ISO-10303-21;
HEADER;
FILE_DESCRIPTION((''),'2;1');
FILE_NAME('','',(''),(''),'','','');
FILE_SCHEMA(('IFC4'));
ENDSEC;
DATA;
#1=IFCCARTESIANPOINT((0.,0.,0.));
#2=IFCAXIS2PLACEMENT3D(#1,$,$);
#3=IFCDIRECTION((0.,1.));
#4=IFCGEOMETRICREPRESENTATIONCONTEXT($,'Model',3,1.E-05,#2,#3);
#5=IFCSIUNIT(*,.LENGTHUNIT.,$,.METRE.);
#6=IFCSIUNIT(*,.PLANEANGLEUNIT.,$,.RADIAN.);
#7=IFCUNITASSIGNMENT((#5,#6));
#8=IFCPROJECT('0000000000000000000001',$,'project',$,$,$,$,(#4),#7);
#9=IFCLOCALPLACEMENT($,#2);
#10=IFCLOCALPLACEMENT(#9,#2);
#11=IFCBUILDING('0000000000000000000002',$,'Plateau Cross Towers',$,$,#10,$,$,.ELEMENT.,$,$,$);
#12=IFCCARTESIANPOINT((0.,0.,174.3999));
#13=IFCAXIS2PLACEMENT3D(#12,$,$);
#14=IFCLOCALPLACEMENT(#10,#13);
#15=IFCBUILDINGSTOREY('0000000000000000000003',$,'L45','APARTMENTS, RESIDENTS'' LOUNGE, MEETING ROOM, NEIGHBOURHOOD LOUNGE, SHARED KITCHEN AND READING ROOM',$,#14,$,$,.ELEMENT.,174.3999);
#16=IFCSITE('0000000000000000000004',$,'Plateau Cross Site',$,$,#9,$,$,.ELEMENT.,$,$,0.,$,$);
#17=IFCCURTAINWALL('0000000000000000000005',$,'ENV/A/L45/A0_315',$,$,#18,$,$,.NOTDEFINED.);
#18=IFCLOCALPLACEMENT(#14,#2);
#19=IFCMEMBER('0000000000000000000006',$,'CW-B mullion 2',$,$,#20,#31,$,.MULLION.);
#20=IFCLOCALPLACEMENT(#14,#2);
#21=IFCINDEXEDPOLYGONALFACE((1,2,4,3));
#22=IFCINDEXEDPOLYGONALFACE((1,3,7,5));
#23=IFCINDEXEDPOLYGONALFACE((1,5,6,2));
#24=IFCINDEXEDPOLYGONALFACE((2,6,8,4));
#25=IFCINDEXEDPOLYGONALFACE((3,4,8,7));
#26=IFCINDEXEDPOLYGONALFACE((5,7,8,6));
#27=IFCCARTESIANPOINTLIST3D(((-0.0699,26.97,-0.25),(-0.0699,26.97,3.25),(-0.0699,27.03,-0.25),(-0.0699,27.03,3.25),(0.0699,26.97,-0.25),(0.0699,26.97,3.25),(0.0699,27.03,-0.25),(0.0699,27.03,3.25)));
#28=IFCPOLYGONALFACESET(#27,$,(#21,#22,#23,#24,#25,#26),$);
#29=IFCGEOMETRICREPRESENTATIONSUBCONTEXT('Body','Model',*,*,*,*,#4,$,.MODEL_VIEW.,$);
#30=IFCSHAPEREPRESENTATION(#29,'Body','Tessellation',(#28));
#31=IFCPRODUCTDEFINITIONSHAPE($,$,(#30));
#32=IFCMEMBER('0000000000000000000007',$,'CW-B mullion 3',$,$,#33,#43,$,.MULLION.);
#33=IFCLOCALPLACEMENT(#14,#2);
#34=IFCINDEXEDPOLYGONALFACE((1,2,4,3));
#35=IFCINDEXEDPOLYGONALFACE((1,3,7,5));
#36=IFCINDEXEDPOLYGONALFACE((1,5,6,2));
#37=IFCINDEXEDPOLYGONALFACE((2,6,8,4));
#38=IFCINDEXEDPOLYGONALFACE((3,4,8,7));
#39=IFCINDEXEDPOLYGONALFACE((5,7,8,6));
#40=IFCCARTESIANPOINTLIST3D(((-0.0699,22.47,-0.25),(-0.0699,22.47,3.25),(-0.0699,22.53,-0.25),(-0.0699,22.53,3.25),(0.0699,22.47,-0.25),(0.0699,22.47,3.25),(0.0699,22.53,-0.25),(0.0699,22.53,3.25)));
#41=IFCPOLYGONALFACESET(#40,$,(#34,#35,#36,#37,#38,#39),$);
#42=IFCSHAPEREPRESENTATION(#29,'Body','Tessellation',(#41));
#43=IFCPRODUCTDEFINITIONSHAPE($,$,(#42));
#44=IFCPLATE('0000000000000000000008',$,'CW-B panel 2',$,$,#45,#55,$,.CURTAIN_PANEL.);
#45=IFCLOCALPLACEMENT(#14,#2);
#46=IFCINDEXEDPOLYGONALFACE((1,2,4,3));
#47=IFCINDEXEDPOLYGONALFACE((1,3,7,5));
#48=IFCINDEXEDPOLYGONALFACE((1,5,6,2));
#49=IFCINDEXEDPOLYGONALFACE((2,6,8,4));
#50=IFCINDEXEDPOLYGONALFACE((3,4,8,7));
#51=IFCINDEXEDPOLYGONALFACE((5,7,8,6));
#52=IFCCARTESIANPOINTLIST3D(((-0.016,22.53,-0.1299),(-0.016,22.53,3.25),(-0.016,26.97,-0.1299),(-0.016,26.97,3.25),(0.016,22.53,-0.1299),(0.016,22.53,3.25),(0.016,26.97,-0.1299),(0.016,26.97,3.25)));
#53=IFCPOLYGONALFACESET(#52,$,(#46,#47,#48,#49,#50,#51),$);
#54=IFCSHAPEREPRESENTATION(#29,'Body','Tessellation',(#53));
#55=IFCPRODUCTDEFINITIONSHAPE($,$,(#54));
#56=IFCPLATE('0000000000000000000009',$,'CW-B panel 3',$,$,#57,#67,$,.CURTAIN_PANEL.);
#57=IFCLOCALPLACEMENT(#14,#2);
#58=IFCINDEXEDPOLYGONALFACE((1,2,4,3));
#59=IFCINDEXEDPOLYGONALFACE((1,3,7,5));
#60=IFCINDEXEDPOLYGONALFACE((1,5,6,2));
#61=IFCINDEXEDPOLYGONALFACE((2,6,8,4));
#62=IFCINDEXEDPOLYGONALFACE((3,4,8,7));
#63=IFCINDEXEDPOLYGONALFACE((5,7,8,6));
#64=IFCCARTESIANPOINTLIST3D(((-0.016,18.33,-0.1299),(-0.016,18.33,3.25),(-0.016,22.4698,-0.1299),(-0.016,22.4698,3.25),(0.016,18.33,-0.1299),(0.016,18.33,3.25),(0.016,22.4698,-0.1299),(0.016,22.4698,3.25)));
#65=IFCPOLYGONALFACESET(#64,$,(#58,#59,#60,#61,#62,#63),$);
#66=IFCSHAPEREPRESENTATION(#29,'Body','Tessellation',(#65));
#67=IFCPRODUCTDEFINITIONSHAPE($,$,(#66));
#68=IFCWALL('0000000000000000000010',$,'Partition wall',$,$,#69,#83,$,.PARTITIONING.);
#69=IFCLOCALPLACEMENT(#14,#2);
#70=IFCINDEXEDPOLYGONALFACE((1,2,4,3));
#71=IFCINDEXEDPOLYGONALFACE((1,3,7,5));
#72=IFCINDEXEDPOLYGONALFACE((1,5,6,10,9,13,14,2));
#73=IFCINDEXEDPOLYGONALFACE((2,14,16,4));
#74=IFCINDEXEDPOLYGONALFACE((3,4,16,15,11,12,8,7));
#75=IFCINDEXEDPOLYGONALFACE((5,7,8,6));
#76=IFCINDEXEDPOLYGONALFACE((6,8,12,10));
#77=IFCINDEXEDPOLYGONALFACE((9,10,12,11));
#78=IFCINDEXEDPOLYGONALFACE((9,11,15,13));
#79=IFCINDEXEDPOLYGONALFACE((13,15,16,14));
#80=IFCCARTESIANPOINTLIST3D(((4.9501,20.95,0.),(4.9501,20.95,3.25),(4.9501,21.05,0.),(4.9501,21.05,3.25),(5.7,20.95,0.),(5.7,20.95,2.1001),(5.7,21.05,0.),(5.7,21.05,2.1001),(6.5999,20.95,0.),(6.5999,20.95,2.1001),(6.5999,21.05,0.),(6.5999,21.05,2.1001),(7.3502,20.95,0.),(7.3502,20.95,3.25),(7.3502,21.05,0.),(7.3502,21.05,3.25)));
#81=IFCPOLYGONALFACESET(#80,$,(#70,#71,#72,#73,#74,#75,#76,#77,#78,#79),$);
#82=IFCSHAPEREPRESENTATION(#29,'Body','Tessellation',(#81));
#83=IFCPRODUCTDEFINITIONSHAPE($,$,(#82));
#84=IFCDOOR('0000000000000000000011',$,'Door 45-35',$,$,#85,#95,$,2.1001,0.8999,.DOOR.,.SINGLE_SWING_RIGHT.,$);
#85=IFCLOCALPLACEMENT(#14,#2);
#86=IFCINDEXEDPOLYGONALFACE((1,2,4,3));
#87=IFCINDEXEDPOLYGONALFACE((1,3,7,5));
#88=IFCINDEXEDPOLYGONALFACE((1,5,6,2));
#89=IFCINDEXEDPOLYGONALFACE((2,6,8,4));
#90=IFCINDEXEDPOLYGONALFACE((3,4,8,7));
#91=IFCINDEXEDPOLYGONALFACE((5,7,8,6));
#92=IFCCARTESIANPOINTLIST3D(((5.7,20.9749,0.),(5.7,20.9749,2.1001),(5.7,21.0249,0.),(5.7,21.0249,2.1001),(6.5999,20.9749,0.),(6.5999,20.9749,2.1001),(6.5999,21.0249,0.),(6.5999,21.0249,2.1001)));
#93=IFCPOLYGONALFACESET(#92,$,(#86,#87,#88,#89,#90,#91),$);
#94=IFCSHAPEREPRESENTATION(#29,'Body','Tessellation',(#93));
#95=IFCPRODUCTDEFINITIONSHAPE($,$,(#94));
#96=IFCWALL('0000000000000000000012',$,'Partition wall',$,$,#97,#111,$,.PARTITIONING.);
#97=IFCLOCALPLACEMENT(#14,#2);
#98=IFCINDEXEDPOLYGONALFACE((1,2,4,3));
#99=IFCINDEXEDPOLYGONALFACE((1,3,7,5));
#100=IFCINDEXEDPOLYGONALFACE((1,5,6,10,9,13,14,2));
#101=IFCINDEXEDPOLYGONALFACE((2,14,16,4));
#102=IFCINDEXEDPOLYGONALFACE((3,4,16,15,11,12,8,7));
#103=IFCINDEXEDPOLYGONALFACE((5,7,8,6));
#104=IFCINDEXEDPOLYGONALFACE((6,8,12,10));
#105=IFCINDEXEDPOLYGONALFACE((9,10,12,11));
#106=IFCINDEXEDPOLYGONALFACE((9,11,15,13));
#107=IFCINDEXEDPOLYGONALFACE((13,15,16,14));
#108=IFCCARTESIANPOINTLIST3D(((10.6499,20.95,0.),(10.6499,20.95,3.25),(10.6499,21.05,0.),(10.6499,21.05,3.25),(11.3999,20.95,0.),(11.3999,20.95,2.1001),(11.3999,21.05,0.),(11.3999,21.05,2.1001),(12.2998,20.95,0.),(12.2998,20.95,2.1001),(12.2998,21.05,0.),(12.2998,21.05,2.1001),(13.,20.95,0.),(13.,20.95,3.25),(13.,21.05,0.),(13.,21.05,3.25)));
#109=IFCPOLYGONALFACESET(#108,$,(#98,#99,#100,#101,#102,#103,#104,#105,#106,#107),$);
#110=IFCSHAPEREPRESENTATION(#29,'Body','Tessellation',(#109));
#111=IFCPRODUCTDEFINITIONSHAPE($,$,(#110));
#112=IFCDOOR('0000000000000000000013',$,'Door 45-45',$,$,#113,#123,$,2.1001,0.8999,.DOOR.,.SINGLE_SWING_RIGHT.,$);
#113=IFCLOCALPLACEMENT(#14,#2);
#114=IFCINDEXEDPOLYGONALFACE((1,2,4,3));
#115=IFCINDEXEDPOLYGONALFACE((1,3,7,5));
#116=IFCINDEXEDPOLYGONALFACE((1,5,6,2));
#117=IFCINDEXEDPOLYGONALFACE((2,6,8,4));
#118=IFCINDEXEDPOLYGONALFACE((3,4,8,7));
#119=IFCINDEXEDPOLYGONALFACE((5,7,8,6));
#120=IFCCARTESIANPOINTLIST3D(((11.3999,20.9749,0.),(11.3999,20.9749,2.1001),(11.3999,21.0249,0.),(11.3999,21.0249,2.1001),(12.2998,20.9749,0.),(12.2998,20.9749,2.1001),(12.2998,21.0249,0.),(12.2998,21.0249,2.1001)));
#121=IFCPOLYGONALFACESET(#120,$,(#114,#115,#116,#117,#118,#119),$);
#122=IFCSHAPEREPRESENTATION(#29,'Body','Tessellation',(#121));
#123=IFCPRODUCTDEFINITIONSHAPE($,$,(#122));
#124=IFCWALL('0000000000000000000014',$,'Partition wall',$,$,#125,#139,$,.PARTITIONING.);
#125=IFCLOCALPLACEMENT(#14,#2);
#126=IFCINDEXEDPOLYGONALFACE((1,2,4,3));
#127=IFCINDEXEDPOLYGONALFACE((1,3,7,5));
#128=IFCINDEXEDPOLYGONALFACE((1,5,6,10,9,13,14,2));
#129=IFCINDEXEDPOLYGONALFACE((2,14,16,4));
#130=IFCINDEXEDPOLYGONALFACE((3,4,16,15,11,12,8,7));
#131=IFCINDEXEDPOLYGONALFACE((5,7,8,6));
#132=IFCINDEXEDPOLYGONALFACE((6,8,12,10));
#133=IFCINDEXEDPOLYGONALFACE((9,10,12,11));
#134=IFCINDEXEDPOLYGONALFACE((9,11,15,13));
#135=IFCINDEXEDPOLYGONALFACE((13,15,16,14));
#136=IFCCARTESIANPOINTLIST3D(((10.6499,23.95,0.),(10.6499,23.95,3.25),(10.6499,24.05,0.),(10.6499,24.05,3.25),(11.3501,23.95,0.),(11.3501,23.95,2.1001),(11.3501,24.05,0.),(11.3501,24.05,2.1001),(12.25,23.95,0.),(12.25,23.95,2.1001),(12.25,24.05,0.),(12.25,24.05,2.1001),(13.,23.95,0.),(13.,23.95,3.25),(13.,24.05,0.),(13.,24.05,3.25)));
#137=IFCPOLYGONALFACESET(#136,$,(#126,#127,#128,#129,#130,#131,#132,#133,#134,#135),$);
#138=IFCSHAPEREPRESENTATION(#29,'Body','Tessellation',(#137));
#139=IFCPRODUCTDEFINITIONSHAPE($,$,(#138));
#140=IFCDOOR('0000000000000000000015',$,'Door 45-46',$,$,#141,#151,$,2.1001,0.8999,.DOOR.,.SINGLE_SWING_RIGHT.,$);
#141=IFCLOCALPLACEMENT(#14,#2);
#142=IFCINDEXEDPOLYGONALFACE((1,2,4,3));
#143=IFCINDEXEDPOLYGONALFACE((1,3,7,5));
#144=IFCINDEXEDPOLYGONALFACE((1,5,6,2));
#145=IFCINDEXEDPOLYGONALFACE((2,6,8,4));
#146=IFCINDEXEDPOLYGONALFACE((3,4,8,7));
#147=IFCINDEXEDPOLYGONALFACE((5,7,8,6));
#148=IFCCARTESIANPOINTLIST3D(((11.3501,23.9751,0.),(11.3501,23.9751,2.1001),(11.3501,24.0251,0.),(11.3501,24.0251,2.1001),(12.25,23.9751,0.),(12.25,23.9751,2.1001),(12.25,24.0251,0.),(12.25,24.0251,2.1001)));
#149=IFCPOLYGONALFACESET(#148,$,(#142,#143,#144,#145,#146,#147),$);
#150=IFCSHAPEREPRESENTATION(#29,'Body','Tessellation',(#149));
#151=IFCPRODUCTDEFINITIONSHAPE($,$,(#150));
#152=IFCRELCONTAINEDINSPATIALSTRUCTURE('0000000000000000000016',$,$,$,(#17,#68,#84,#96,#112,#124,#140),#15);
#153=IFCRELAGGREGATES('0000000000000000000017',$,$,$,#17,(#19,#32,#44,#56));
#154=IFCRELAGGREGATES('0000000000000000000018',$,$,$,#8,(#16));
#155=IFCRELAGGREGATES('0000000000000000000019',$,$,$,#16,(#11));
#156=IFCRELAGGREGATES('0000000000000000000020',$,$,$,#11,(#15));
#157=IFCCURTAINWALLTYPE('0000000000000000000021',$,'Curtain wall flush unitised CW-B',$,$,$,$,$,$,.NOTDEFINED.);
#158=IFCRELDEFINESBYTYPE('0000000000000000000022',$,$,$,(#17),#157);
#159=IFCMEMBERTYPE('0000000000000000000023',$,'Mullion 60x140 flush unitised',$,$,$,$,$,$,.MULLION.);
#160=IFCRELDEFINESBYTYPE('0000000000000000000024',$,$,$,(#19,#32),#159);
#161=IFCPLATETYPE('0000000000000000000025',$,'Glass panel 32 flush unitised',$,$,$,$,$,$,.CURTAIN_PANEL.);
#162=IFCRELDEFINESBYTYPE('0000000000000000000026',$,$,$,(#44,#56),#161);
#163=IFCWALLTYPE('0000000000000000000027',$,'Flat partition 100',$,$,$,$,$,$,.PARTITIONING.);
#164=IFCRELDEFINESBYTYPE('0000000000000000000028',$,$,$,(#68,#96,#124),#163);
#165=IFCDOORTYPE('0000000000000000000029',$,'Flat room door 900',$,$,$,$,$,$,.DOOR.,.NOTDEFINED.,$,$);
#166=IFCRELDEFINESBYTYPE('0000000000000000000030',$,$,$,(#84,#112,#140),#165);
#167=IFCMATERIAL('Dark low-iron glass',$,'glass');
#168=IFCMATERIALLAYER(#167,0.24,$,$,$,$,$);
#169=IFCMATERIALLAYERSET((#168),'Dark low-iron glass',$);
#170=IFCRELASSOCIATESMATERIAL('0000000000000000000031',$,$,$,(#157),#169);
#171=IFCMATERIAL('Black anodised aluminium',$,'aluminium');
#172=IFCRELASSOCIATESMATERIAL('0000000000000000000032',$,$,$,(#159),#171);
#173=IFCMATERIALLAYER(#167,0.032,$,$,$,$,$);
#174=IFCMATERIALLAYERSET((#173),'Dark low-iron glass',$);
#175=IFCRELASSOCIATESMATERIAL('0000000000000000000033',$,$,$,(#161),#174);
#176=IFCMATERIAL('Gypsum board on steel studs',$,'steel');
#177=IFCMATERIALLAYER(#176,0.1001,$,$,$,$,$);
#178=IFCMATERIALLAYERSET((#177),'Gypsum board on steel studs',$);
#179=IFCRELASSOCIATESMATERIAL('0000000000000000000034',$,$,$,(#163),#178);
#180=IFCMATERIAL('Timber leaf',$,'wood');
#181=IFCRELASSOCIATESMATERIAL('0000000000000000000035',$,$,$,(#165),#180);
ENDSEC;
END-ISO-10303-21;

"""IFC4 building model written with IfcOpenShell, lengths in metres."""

from ifc_helpers import new_model, si_unit, direction, frame, frame_2d, origin, origin_2d, place, context, subcontext, project, spatial, rectangle, extrude, material, layer, layer_set, material_profile, profile_set, type_object, element, fill, aggregate, save


model = new_model("IFC4")

# Units and contexts
model_context = context("Model", 3, precision=1e-05, world=origin(), true_north=direction((0.0, 1.0)))
body_context = subcontext(model_context, "Body", "Model", "MODEL_VIEW")
ifc_project = project(units=[si_unit("LENGTHUNIT", "METRE"), si_unit("PLANEANGLEUNIT", "RADIAN")], contexts=[model_context])

# Site, building, storey
site_placement = place(None, origin())
site = spatial("IfcSite", under=ifc_project, at=site_placement, Name="Plateau Cross Site", CompositionType="ELEMENT", RefElevation=0.0)
building_placement = place(site_placement, origin())
building = spatial("IfcBuilding", under=site, at=building_placement, Name="Plateau Cross Towers", CompositionType="ELEMENT")
storey_placement = place(building_placement, frame((0.0, 0.0, 174.3999)))
storey = spatial("IfcBuildingStorey", under=building, at=storey_placement, Name="L45", Description="APARTMENTS, RESIDENTS' LOUNGE, MEETING ROOM, NEIGHBOURHOOD LOUNGE, SHARED KITCHEN AND READING ROOM", CompositionType="ELEMENT", Elevation=174.3999)

# Curtain wall, members, plates
ifc_material_1 = material(Name="Dark low-iron glass", Category="glass")
ifc_layer_1 = layer(ifc_material_1, 0.24)
ifc_layer_set_1 = layer_set([ifc_layer_1], Name="Dark low-iron glass")
curtain_wall_type = type_object("IfcCurtainWallType", Name="Curtain wall flush unitised CW-B", PredefinedType="NOTDEFINED", material=ifc_layer_set_1)
curtain_wall_placement = place(storey_placement, origin())
curtain_wall = element("IfcCurtainWall", 1, at=curtain_wall_placement, inside=storey, type_object=curtain_wall_type, Name="ENV/A/L45/A0_315", PredefinedType="NOTDEFINED")
ifc_material_2 = material(Name="Black anodised aluminium", Category="aluminium")
ifc_material_profile = material_profile(ifc_material_2, rectangle(XDim=0.0601, YDim=0.1399, at=origin_2d()), Name="MULLION 60x140")
ifc_profile_set = profile_set([ifc_material_profile], Name="Black anodised aluminium")
member_type = type_object("IfcMemberType", Name="Mullion 60x140 flush unitised", PredefinedType="MULLION", material=ifc_profile_set)
member_1_placement = place(storey_placement, frame((0.0, 27.0, -0.25), z_axis=(0.0, 0.0, 1.0), x_axis=(0.0, -1.0, 0.0)))
member_1 = element("IfcMember", 2, at=member_1_placement, type_object=member_type, Name="CW-B mullion 2", PredefinedType="MULLION", context=body_context, shape_type="SweptSolid", body=[
    extrude(rectangle(XDim=0.0601, YDim=0.1399, at=origin_2d()), origin(), (0.0, 0.0, 1.0), 3.5),
])
member_2_placement = place(storey_placement, frame((0.0, 22.5, -0.25), z_axis=(0.0, 0.0, 1.0), x_axis=(0.0, -1.0, 0.0)))
member_2 = element("IfcMember", 3, at=member_2_placement, type_object=member_type, Name="CW-B mullion 3", PredefinedType="MULLION", context=body_context, shape_type="SweptSolid", body=[
    extrude(rectangle(XDim=0.0601, YDim=0.1399, at=origin_2d()), origin(), (0.0, 0.0, 1.0), 3.5),
])
ifc_layer_2 = layer(ifc_material_1, 0.032)
ifc_layer_set_2 = layer_set([ifc_layer_2], Name="Dark low-iron glass")
plate_type = type_object("IfcPlateType", Name="Glass panel 32 flush unitised", PredefinedType="CURTAIN_PANEL", material=ifc_layer_set_2)
plate_1_placement = place(storey_placement, frame((0.0, 24.75, -0.1299), z_axis=(0.0, 0.0, 1.0), x_axis=(0.0, -1.0, 0.0)))
plate_1 = element("IfcPlate", 4, at=plate_1_placement, type_object=plate_type, Name="CW-B panel 2", PredefinedType="CURTAIN_PANEL", context=body_context, shape_type="SweptSolid", body=[
    extrude(rectangle(XDim=4.4399, YDim=0.032, at=origin_2d()), origin(), (0.0, 0.0, 1.0), 3.3799),
])
plate_2_placement = place(storey_placement, frame((0.0, 20.3999, -0.1299), z_axis=(0.0, 0.0, 1.0), x_axis=(0.0, -1.0, 0.0)))
plate_2 = element("IfcPlate", 5, at=plate_2_placement, type_object=plate_type, Name="CW-B panel 3", PredefinedType="CURTAIN_PANEL", context=body_context, shape_type="SweptSolid", body=[
    extrude(rectangle(XDim=4.1399, YDim=0.032, at=origin_2d()), origin(), (0.0, 0.0, 1.0), 3.3799),
])
aggregate(curtain_wall, [member_1, member_2, plate_1, plate_2])

# Walls, openings, doors
ifc_material_3 = material(Name="Gypsum board on steel studs", Category="steel")
ifc_layer_3 = layer(ifc_material_3, 0.1001)
ifc_layer_set_3 = layer_set([ifc_layer_3], Name="Gypsum board on steel studs")
wall_type_1 = type_object("IfcWallType", Name="Flat partition 100", PredefinedType="PARTITIONING", material=ifc_layer_set_3)
wall_1_placement = place(storey_placement, frame((4.95, 21.0, 0.0), z_axis=(0.0, 0.0, 1.0), x_axis=(1.0, 0.0, 0.0)))
wall_1 = element("IfcWall", 6, at=wall_1_placement, inside=storey, type_object=wall_type_1, Name="Partition wall", PredefinedType="PARTITIONING", context=body_context, shape_type="SweptSolid", body=[
    extrude(rectangle(XDim=2.4001, YDim=0.1001, at=frame_2d((1.2002, 0.0))), origin(), (0.0, 0.0, 1.0), 3.25),
])
opening_1_placement = place(wall_1_placement, frame((0.75, 0.0, 0.0)))
opening_1 = element("IfcOpeningElement", 7, at=opening_1_placement, cuts=wall_1, PredefinedType="OPENING", context=body_context, shape_type="SweptSolid", body=[
    extrude(rectangle(XDim=0.8999, YDim=2.1001, at=frame_2d((0.45, 1.05))), frame((0.0, 0.0601, 0.0), z_axis=(0.0, -1.0, 0.0), x_axis=(1.0, 0.0, 0.0)), (0.0, 0.0, 1.0), 0.1201),
])
ifc_material_4 = material(Name="Timber leaf", Category="wood")
door_type_1 = type_object("IfcDoorType", Name="Flat room door 900", OperationType="NOTDEFINED", PredefinedType="DOOR", material=ifc_material_4)
door_1_placement = place(opening_1_placement, origin())
door_1 = element("IfcDoor", 8, at=door_1_placement, inside=storey, type_object=door_type_1, Name="Door 45-35", OperationType="SINGLE_SWING_RIGHT", OverallHeight=2.1001, OverallWidth=0.8999, PredefinedType="DOOR", context=body_context, shape_type="SweptSolid", body=[
    extrude(rectangle(XDim=0.8999, YDim=2.1001, at=frame_2d((0.45, 1.05))), frame((0.0, 0.0249, 0.0), z_axis=(0.0, -1.0, 0.0), x_axis=(1.0, 0.0, 0.0)), (0.0, 0.0, 1.0), 0.05),
])
fill(opening_1, door_1)
wall_2_placement = place(storey_placement, frame((10.6499, 21.0, 0.0), z_axis=(0.0, 0.0, 1.0), x_axis=(1.0, 0.0, 0.0)))
wall_2 = element("IfcWall", 9, at=wall_2_placement, inside=storey, type_object=wall_type_1, Name="Partition wall", PredefinedType="PARTITIONING", context=body_context, shape_type="SweptSolid", body=[
    extrude(rectangle(XDim=2.3501, YDim=0.1001, at=frame_2d((1.175, 0.0))), origin(), (0.0, 0.0, 1.0), 3.25),
])
opening_2_placement = place(wall_2_placement, frame((0.75, 0.0, 0.0)))
opening_2 = element("IfcOpeningElement", 10, at=opening_2_placement, cuts=wall_2, PredefinedType="OPENING", context=body_context, shape_type="SweptSolid", body=[
    extrude(rectangle(XDim=0.8999, YDim=2.1001, at=frame_2d((0.45, 1.05))), frame((0.0, 0.0601, 0.0), z_axis=(0.0, -1.0, 0.0), x_axis=(1.0, 0.0, 0.0)), (0.0, 0.0, 1.0), 0.1201),
])
door_2_placement = place(opening_2_placement, origin())
door_2 = element("IfcDoor", 11, at=door_2_placement, inside=storey, type_object=door_type_1, Name="Door 45-45", OperationType="SINGLE_SWING_RIGHT", OverallHeight=2.1001, OverallWidth=0.8999, PredefinedType="DOOR", context=body_context, shape_type="SweptSolid", body=[
    extrude(rectangle(XDim=0.8999, YDim=2.1001, at=frame_2d((0.45, 1.05))), frame((0.0, 0.0249, 0.0), z_axis=(0.0, -1.0, 0.0), x_axis=(1.0, 0.0, 0.0)), (0.0, 0.0, 1.0), 0.05),
])
fill(opening_2, door_2)
wall_3_placement = place(storey_placement, frame((13.0, 24.0, 0.0), z_axis=(0.0, 0.0, 1.0), x_axis=(-1.0, 0.0, 0.0)))
wall_3 = element("IfcWall", 12, at=wall_3_placement, inside=storey, type_object=wall_type_1, Name="Partition wall", PredefinedType="PARTITIONING", context=body_context, shape_type="SweptSolid", body=[
    extrude(rectangle(XDim=2.3501, YDim=0.1001, at=frame_2d((1.175, 0.0))), origin(), (0.0, 0.0, 1.0), 3.25),
])
opening_3_placement = place(wall_3_placement, frame((0.75, 0.0, 0.0)))
opening_3 = element("IfcOpeningElement", 13, at=opening_3_placement, cuts=wall_3, PredefinedType="OPENING", context=body_context, shape_type="SweptSolid", body=[
    extrude(rectangle(XDim=0.8999, YDim=2.1001, at=frame_2d((0.45, 1.05))), frame((0.0, 0.0601, 0.0), z_axis=(0.0, -1.0, 0.0), x_axis=(1.0, 0.0, 0.0)), (0.0, 0.0, 1.0), 0.1201),
])
door_3_placement = place(opening_3_placement, origin())
door_3 = element("IfcDoor", 14, at=door_3_placement, inside=storey, type_object=door_type_1, Name="Door 45-46", OperationType="SINGLE_SWING_RIGHT", OverallHeight=2.1001, OverallWidth=0.8999, PredefinedType="DOOR", context=body_context, shape_type="SweptSolid", body=[
    extrude(rectangle(XDim=0.8999, YDim=2.1001, at=frame_2d((0.45, 1.05))), frame((0.0, 0.0249, 0.0), z_axis=(0.0, -1.0, 0.0), x_axis=(1.0, 0.0, 0.0)), (0.0, 0.0, 1.0), 0.05),
])
fill(opening_3, door_3)

save(model, "model.ifc")
